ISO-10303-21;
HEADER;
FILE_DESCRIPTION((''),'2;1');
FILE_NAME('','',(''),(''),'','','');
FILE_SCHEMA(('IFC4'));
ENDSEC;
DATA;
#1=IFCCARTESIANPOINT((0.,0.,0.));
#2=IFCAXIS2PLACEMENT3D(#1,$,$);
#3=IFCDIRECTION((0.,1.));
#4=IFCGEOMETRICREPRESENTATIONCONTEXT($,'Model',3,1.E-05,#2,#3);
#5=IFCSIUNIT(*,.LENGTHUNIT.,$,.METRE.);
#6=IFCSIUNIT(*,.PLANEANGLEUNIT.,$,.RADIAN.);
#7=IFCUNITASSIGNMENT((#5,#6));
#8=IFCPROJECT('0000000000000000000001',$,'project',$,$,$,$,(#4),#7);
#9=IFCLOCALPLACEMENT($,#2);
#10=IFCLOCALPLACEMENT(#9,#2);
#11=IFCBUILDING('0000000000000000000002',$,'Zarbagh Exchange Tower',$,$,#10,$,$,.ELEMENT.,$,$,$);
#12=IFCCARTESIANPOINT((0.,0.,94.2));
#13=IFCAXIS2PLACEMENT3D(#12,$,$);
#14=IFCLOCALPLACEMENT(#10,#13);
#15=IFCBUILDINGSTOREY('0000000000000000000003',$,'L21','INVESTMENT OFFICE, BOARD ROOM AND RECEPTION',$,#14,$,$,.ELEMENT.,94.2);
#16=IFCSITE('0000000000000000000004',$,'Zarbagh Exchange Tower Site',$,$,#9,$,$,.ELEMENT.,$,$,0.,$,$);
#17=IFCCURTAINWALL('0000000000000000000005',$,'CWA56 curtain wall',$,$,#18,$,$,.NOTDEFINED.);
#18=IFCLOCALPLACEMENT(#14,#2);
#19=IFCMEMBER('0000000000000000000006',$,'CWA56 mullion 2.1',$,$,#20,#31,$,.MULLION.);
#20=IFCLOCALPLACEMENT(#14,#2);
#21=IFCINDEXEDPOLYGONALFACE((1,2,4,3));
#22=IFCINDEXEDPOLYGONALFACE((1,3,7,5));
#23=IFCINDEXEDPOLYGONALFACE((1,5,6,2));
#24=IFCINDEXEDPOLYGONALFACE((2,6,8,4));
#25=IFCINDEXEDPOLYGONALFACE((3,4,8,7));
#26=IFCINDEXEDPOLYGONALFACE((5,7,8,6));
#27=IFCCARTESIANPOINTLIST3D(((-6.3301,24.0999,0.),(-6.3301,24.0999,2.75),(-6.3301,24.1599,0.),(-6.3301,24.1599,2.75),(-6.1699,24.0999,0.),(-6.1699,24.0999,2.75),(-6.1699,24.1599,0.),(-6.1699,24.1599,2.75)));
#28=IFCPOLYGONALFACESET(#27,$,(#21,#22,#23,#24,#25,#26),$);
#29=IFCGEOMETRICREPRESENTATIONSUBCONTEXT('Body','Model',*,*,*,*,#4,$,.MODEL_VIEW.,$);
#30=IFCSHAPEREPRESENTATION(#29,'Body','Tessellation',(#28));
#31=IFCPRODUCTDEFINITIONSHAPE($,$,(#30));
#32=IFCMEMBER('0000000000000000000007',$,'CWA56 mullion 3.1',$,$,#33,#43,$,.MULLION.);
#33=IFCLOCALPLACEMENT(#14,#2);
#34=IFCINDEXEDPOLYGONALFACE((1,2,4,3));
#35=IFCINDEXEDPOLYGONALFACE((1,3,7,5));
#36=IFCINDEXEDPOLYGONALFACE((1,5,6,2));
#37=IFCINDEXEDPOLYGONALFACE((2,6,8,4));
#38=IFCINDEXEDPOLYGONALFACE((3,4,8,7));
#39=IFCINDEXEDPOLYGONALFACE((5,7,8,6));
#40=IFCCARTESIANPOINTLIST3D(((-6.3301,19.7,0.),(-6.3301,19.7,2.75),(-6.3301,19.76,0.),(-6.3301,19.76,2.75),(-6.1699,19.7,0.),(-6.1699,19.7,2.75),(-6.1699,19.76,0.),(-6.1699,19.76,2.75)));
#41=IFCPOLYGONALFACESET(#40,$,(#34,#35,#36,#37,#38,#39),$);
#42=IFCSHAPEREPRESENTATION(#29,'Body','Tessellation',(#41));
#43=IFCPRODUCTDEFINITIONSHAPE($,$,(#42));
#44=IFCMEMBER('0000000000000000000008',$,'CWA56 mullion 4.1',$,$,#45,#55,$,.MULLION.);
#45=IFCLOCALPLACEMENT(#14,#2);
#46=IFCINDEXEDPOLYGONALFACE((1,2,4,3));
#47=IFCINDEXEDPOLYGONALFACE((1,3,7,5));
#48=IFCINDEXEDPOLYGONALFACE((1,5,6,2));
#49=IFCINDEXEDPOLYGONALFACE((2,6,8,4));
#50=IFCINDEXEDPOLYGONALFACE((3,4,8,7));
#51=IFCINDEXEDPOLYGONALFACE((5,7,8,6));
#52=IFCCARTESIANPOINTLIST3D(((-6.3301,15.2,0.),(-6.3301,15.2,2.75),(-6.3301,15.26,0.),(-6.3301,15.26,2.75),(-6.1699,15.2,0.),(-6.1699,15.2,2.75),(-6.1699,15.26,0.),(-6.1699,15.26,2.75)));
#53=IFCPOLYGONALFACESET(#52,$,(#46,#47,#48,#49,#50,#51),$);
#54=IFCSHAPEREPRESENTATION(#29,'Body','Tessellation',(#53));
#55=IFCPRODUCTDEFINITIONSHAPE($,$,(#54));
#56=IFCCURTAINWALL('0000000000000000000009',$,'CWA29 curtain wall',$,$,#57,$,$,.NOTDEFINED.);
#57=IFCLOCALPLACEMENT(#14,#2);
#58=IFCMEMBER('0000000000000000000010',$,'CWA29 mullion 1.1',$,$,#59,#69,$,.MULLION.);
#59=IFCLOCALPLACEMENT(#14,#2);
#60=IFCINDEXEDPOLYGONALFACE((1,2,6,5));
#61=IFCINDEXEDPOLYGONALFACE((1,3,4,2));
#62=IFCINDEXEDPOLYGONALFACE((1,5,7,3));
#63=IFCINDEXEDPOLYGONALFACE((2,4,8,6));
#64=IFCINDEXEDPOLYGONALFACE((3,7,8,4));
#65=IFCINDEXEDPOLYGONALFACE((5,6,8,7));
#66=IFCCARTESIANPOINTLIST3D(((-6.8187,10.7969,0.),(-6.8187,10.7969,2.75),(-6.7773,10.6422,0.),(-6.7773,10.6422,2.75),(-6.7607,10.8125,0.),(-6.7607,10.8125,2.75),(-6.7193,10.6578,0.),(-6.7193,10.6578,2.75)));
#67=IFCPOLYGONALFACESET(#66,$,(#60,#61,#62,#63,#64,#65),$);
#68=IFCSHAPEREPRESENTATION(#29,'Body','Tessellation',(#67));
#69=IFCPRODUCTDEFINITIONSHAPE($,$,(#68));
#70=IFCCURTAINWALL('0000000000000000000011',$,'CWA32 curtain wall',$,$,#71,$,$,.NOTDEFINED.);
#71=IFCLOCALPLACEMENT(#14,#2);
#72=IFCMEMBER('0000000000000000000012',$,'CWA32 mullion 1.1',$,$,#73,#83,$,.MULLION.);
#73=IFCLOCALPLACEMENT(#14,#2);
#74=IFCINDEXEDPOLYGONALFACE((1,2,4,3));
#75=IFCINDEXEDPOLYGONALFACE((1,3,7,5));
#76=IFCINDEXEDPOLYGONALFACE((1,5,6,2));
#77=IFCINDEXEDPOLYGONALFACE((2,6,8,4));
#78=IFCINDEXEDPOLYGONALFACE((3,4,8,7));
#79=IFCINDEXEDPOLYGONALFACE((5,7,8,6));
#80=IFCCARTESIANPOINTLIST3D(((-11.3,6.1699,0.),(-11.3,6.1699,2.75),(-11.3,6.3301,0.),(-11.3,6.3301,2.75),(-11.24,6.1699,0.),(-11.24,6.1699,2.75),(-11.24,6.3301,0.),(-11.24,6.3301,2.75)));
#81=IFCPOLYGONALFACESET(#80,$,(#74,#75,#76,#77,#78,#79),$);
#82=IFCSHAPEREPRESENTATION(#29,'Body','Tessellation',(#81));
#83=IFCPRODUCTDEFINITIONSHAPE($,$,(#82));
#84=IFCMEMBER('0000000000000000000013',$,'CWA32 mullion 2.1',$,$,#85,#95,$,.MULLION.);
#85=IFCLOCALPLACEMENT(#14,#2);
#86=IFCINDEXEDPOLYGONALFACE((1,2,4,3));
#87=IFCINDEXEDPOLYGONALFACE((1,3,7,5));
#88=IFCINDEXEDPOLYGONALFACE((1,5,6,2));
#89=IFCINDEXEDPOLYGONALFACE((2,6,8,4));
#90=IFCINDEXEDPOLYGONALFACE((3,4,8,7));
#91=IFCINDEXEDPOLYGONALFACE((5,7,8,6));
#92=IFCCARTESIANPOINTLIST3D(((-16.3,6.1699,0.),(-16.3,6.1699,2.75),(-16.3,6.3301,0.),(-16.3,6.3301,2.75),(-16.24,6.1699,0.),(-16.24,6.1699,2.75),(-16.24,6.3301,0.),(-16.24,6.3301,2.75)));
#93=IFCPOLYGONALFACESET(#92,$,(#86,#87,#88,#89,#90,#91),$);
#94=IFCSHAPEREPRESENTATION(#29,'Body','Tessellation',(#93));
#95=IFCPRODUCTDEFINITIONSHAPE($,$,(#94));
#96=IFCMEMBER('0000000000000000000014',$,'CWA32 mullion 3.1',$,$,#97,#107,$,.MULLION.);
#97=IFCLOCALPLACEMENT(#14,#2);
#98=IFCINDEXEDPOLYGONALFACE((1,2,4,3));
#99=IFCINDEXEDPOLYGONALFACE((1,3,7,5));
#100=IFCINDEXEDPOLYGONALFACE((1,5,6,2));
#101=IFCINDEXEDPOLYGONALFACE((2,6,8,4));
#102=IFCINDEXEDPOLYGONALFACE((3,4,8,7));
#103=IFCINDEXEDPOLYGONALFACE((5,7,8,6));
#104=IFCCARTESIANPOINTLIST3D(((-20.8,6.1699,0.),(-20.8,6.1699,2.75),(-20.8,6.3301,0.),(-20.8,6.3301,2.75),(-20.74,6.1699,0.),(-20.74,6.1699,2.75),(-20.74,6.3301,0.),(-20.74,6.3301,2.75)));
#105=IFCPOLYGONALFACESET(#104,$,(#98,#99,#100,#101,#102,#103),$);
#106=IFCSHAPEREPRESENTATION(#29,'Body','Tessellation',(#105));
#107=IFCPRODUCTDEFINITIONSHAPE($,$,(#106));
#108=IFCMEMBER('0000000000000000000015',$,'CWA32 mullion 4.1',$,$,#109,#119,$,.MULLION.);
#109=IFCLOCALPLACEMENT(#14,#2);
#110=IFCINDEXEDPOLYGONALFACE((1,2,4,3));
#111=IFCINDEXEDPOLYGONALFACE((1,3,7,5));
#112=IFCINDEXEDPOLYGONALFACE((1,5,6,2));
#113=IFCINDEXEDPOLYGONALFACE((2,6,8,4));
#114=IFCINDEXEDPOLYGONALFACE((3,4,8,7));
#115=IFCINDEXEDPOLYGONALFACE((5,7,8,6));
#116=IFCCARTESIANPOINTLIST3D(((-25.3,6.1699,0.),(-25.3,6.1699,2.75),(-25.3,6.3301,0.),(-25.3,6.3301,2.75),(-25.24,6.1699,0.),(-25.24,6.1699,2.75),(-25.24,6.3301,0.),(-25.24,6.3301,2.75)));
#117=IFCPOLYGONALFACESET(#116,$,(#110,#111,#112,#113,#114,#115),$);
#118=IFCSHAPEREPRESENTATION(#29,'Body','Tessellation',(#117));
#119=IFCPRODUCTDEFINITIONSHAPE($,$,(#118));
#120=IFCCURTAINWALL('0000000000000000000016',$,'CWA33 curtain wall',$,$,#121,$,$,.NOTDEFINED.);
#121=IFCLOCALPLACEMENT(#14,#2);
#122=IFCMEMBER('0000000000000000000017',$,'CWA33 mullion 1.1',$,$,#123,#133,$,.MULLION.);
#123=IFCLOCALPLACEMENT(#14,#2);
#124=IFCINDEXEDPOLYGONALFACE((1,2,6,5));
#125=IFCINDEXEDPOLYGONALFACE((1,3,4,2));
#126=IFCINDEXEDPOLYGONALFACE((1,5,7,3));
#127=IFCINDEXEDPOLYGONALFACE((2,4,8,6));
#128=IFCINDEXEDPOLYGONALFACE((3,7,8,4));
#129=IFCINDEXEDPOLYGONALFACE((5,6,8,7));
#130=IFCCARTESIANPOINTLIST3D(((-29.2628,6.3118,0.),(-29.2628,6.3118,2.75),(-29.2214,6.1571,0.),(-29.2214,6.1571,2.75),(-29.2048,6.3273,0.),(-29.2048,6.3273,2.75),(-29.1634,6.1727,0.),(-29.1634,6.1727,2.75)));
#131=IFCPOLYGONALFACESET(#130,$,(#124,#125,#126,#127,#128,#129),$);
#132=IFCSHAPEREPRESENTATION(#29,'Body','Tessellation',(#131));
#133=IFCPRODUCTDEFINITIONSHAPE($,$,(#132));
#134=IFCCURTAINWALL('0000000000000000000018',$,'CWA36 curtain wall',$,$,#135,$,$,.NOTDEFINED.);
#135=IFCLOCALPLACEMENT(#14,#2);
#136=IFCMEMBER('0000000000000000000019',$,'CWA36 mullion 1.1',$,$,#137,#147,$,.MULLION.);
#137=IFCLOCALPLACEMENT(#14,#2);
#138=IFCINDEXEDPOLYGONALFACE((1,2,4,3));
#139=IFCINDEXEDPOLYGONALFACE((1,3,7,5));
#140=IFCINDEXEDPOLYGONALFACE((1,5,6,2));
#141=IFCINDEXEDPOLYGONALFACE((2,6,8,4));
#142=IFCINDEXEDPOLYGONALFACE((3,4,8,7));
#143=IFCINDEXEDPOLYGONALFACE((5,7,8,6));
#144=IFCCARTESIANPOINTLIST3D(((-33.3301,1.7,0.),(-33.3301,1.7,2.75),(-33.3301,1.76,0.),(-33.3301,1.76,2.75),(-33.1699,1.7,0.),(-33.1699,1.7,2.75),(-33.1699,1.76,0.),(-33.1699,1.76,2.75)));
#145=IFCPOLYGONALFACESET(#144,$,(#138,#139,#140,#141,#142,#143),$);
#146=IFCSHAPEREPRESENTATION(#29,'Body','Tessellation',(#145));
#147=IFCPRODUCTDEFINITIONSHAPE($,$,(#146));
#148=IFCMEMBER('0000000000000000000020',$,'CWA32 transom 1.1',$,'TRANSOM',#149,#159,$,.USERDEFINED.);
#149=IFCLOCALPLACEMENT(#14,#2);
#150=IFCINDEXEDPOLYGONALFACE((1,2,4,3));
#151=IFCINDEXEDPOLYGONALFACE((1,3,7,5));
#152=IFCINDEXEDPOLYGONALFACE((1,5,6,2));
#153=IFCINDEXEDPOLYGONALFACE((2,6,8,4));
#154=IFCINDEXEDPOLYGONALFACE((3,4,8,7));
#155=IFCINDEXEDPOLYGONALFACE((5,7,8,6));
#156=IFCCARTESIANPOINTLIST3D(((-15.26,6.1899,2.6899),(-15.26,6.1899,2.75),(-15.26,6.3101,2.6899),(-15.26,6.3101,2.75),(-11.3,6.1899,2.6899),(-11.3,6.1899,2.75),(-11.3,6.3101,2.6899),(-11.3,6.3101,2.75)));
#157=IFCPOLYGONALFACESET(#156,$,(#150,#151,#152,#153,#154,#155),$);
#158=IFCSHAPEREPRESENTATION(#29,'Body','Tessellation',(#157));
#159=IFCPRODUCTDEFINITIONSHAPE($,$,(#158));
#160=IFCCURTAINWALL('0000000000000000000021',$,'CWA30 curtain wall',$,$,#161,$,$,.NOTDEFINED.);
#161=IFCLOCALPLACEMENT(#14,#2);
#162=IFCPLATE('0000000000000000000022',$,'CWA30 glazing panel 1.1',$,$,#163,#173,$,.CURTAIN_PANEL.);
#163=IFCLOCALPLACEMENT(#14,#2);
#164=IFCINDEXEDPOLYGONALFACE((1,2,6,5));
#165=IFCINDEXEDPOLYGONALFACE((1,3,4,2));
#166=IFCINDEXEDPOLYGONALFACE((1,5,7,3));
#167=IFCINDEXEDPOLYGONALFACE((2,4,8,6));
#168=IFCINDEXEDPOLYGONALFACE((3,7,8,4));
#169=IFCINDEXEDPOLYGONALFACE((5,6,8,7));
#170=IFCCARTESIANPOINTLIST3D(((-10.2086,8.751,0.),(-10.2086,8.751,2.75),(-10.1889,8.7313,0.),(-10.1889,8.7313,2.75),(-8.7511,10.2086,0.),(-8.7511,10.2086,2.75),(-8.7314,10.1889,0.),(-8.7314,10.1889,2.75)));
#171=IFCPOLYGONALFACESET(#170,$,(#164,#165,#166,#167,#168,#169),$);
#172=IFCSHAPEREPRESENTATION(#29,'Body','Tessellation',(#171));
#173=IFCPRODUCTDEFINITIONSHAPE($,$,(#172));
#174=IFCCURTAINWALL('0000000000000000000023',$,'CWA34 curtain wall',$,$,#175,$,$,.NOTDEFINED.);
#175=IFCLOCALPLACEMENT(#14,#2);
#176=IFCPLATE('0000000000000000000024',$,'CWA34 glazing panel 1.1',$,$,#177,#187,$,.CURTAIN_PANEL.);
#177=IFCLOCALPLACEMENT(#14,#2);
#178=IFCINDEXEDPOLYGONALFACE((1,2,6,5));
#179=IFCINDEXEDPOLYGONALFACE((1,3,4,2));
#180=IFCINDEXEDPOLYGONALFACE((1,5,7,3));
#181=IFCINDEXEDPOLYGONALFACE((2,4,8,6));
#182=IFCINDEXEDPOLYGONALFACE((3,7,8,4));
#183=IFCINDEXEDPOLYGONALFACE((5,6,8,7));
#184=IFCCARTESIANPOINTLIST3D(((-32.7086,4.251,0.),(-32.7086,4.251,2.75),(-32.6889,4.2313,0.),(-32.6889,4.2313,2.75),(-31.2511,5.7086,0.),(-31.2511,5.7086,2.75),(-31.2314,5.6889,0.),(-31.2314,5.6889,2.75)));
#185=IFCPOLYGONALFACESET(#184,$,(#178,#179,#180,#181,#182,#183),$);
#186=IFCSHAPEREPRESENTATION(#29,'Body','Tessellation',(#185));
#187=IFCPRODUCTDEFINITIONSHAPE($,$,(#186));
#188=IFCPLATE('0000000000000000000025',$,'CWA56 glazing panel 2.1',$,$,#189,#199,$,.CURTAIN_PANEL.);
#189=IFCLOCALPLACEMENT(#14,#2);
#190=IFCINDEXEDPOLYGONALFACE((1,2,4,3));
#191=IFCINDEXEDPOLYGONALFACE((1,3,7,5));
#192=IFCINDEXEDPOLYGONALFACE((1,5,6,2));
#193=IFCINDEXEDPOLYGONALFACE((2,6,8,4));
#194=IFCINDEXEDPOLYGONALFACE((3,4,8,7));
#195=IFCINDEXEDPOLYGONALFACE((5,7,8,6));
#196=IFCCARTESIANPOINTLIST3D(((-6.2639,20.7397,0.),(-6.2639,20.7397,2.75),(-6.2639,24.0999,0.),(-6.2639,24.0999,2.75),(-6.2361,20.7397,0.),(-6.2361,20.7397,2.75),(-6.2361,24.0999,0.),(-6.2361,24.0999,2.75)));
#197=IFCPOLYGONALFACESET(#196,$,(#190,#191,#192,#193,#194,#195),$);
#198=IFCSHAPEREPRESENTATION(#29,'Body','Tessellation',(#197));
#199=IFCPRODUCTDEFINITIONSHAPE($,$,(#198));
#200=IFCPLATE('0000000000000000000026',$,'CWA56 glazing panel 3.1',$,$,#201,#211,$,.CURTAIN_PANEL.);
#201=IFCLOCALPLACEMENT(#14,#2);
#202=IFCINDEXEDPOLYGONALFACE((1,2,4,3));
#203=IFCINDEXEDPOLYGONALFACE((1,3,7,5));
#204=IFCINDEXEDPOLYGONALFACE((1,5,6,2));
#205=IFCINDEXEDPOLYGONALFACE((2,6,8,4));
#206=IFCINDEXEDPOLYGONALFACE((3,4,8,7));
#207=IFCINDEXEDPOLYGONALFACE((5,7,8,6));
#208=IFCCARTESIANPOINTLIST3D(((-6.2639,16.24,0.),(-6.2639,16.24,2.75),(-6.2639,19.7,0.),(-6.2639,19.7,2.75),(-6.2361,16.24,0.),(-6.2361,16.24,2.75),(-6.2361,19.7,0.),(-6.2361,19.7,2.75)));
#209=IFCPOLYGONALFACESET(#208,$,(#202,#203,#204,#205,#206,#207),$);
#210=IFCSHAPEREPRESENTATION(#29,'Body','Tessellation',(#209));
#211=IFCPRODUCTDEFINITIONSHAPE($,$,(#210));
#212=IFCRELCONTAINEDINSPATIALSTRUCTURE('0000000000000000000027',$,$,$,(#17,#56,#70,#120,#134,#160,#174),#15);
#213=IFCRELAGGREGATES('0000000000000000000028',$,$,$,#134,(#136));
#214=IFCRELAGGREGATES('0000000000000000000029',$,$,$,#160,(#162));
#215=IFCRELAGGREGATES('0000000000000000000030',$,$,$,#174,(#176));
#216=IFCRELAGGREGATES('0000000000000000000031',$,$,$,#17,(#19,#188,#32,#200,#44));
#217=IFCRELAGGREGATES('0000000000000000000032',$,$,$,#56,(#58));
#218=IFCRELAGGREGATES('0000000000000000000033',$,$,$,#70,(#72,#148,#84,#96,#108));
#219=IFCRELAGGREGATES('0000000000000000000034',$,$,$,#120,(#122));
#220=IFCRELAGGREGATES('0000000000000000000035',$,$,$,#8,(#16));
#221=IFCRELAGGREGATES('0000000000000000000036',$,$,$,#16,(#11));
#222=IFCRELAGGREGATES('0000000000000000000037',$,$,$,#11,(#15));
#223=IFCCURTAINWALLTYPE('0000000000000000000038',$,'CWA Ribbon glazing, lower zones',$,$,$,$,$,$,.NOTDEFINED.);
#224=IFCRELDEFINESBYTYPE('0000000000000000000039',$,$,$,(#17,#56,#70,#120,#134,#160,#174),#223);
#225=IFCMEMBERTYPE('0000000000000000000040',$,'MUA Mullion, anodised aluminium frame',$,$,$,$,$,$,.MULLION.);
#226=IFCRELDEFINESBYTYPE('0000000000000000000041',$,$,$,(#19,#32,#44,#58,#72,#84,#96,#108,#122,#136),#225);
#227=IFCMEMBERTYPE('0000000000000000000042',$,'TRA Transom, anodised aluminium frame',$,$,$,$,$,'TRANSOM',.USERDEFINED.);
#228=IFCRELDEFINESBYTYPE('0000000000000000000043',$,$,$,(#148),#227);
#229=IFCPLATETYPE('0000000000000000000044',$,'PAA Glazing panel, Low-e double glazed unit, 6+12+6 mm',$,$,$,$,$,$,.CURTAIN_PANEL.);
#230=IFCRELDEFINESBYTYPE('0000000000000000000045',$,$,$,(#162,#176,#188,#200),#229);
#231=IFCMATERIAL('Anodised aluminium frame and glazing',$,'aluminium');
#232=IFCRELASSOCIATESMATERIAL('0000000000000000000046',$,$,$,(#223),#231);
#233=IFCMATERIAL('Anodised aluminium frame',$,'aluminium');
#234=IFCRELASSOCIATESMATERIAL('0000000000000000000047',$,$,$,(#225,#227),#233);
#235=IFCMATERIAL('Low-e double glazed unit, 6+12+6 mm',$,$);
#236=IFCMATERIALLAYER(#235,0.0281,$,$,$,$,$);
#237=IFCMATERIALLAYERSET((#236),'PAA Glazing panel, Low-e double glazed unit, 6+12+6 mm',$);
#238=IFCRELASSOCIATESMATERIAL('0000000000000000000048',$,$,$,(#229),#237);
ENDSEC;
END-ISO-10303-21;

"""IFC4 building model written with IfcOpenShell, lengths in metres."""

from ifc_helpers import new_model, si_unit, direction, frame, origin, place, context, subcontext, project, spatial, polyline, outline, extrude, source, transform, mapped, material, layer, layer_set, type_object, element, aggregate, save


model = new_model("IFC4")

# Units and contexts
model_context = context("Model", 3, precision=1e-05, world=origin(), true_north=direction((0.0, 1.0)))
body_context = subcontext(model_context, "Body", "Model", "MODEL_VIEW")
ifc_project = project(units=[si_unit("LENGTHUNIT", "METRE"), si_unit("PLANEANGLEUNIT", "RADIAN")], contexts=[model_context])

# Site, building, storey
site_placement = place(None, origin())
site = spatial("IfcSite", under=ifc_project, at=site_placement, Name="Zarbagh Exchange Tower Site", CompositionType="ELEMENT", RefElevation=0.0)
building_placement = place(site_placement, origin())
building = spatial("IfcBuilding", under=site, at=building_placement, Name="Zarbagh Exchange Tower", CompositionType="ELEMENT")
storey_placement = place(building_placement, frame((0.0, 0.0, 94.2)))
storey = spatial("IfcBuildingStorey", under=building, at=storey_placement, Name="L21", Description="INVESTMENT OFFICE, BOARD ROOM AND RECEPTION", CompositionType="ELEMENT", Elevation=94.2)

# Curtain wall, members
ifc_material_1 = material(Name="Anodised aluminium frame and glazing", Category="aluminium")
curtain_wall_type = type_object("IfcCurtainWallType", Name="CWA Ribbon glazing, lower zones", PredefinedType="NOTDEFINED", material=ifc_material_1)
curtain_wall_1_placement = place(storey_placement, origin())
curtain_wall_1 = element("IfcCurtainWall", 1, at=curtain_wall_1_placement, inside=storey, type_object=curtain_wall_type, Name="CWA56 curtain wall", PredefinedType="NOTDEFINED")
ifc_material_2 = material(Name="Anodised aluminium frame", Category="aluminium")
member_type_1 = type_object("IfcMemberType", Name="MUA Mullion, anodised aluminium frame", PredefinedType="MULLION", material=ifc_material_2)
shared_shape_1 = source(origin(), body_context, "Body", "SweptSolid", [
    extrude(outline(polyline([(0.0, -0.0801), (0.0601, -0.0801), (0.0601, 0.0801), (0.0, 0.0801), (0.0, -0.0801)])), origin(), (0.0, 0.0, 1.0), 2.75),
])
placement = place(storey_placement, origin())
member_1 = element("IfcMember", 2, at=placement, type_object=member_type_1, Name="CWA56 mullion 2.1", PredefinedType="MULLION", context=body_context, shape_type="MappedRepresentation", body=[
    mapped(shared_shape_1, transform((-6.25, 24.1599, 0.0), x_axis=(0.0, -1.0, 0.0), y_axis=(1.0, 0.0, 0.0), z_axis=(0.0, 0.0, 1.0))),
])
member_2 = element("IfcMember", 3, at=placement, type_object=member_type_1, Name="CWA56 mullion 3.1", PredefinedType="MULLION", context=body_context, shape_type="MappedRepresentation", body=[
    mapped(shared_shape_1, transform((-6.25, 19.76, 0.0), x_axis=(0.0, -1.0, 0.0), y_axis=(1.0, 0.0, 0.0), z_axis=(0.0, 0.0, 1.0))),
])
member_3 = element("IfcMember", 4, at=placement, type_object=member_type_1, Name="CWA56 mullion 4.1", PredefinedType="MULLION", context=body_context, shape_type="MappedRepresentation", body=[
    mapped(shared_shape_1, transform((-6.25, 15.26, 0.0), x_axis=(0.0, -1.0, 0.0), y_axis=(1.0, 0.0, 0.0), z_axis=(0.0, 0.0, 1.0))),
])

# Curtain wall, member
curtain_wall_2_placement = place(storey_placement, origin())
curtain_wall_2 = element("IfcCurtainWall", 5, at=curtain_wall_2_placement, inside=storey, type_object=curtain_wall_type, Name="CWA29 curtain wall", PredefinedType="NOTDEFINED")
member_4 = element("IfcMember", 6, at=placement, type_object=member_type_1, Name="CWA29 mullion 1.1", PredefinedType="MULLION", context=body_context, shape_type="MappedRepresentation", body=[
    mapped(shared_shape_1, transform((-6.74, 10.7351, 0.0), x_axis=(-0.965924, -0.258825, 0.0), y_axis=(0.258825, -0.965924, 0.0), z_axis=(0.0, 0.0, 1.0))),
])

# Curtain wall, members
curtain_wall_3_placement = place(storey_placement, origin())
curtain_wall_3 = element("IfcCurtainWall", 7, at=curtain_wall_3_placement, inside=storey, type_object=curtain_wall_type, Name="CWA32 curtain wall", PredefinedType="NOTDEFINED")
member_5 = element("IfcMember", 8, at=placement, type_object=member_type_1, Name="CWA32 mullion 1.1", PredefinedType="MULLION", context=body_context, shape_type="MappedRepresentation", body=[
    mapped(shared_shape_1, transform((-11.24, 6.25, 0.0), x_axis=(-1.0, 0.0, 0.0), y_axis=(0.0, -1.0, 0.0), z_axis=(0.0, 0.0, 1.0))),
])
member_6 = element("IfcMember", 9, at=placement, type_object=member_type_1, Name="CWA32 mullion 2.1", PredefinedType="MULLION", context=body_context, shape_type="MappedRepresentation", body=[
    mapped(shared_shape_1, transform((-16.24, 6.25, 0.0), x_axis=(-1.0, 0.0, 0.0), y_axis=(0.0, -1.0, 0.0), z_axis=(0.0, 0.0, 1.0))),
])
member_7 = element("IfcMember", 10, at=placement, type_object=member_type_1, Name="CWA32 mullion 3.1", PredefinedType="MULLION", context=body_context, shape_type="MappedRepresentation", body=[
    mapped(shared_shape_1, transform((-20.74, 6.25, 0.0), x_axis=(-1.0, 0.0, 0.0), y_axis=(0.0, -1.0, 0.0), z_axis=(0.0, 0.0, 1.0))),
])
member_8 = element("IfcMember", 11, at=placement, type_object=member_type_1, Name="CWA32 mullion 4.1", PredefinedType="MULLION", context=body_context, shape_type="MappedRepresentation", body=[
    mapped(shared_shape_1, transform((-25.24, 6.25, 0.0), x_axis=(-1.0, 0.0, 0.0), y_axis=(0.0, -1.0, 0.0), z_axis=(0.0, 0.0, 1.0))),
])

# Curtain walls, members
curtain_wall_4_placement = place(storey_placement, origin())
curtain_wall_4 = element("IfcCurtainWall", 12, at=curtain_wall_4_placement, inside=storey, type_object=curtain_wall_type, Name="CWA33 curtain wall", PredefinedType="NOTDEFINED")
member_9 = element("IfcMember", 13, at=placement, type_object=member_type_1, Name="CWA33 mullion 1.1", PredefinedType="MULLION", context=body_context, shape_type="MappedRepresentation", body=[
    mapped(shared_shape_1, transform((-29.1841, 6.25, 0.0), x_axis=(-0.965924, -0.258825, 0.0), y_axis=(0.258825, -0.965924, 0.0), z_axis=(0.0, 0.0, 1.0))),
])
curtain_wall_5_placement = place(storey_placement, origin())
curtain_wall_5 = element("IfcCurtainWall", 14, at=curtain_wall_5_placement, inside=storey, type_object=curtain_wall_type, Name="CWA36 curtain wall", PredefinedType="NOTDEFINED")
member_10 = element("IfcMember", 15, at=placement, type_object=member_type_1, Name="CWA36 mullion 1.1", PredefinedType="MULLION", context=body_context, shape_type="MappedRepresentation", body=[
    mapped(shared_shape_1, transform((-33.25, 1.76, 0.0), x_axis=(0.0, -1.0, 0.0), y_axis=(1.0, 0.0, 0.0), z_axis=(0.0, 0.0, 1.0))),
])
aggregate(curtain_wall_5, [member_10])

# Member
member_type_2 = type_object("IfcMemberType", Name="TRA Transom, anodised aluminium frame", ElementType="TRANSOM", PredefinedType="USERDEFINED", material=ifc_material_2)
shared_shape_2 = source(origin(), body_context, "Body", "SweptSolid", [
    extrude(outline(polyline([(-0.0601, -0.0601), (0.0, -0.0601), (0.0, 0.0601), (-0.0601, 0.0601), (-0.0601, -0.0601)])), origin(), (0.0, 0.0, 1.0), 3.96),
])
member_11 = element("IfcMember", 16, at=placement, type_object=member_type_2, Name="CWA32 transom 1.1", ObjectType="TRANSOM", PredefinedType="USERDEFINED", context=body_context, shape_type="MappedRepresentation", body=[
    mapped(shared_shape_2, transform((-11.3, 6.25, 2.75), x_axis=(0.0, 0.0, 1.0), y_axis=(0.0, 1.0, 0.0), z_axis=(-1.0, 0.0, 0.0))),
])

# Curtain walls, plates
curtain_wall_6_placement = place(storey_placement, origin())
curtain_wall_6 = element("IfcCurtainWall", 17, at=curtain_wall_6_placement, inside=storey, type_object=curtain_wall_type, Name="CWA30 curtain wall", PredefinedType="NOTDEFINED")
ifc_material_3 = material(Name="Low-e double glazed unit, 6+12+6 mm")
ifc_layer = layer(ifc_material_3, 0.0281)
ifc_layer_set = layer_set([ifc_layer], Name="PAA Glazing panel, Low-e double glazed unit, 6+12+6 mm")
plate_type = type_object("IfcPlateType", Name="PAA Glazing panel, Low-e double glazed unit, 6+12+6 mm", PredefinedType="CURTAIN_PANEL", material=ifc_layer_set)
shared_shape_3 = source(origin(), body_context, "Body", "SweptSolid", [
    extrude(outline(polyline([(0.0, -0.0139), (2.0613, -0.0139), (2.0613, 0.0139), (0.0, 0.0139), (0.0, -0.0139)])), origin(), (0.0, 0.0, 1.0), 2.75),
])
plate_1 = element("IfcPlate", 18, at=placement, type_object=plate_type, Name="CWA30 glazing panel 1.1", PredefinedType="CURTAIN_PANEL", context=body_context, shape_type="MappedRepresentation", body=[
    mapped(shared_shape_3, transform((-8.7412, 10.1987, 0.0), x_axis=(-0.707107, -0.707107, 0.0), y_axis=(0.707107, -0.707107, 0.0), z_axis=(0.0, 0.0, 1.0))),
])
aggregate(curtain_wall_6, [plate_1])
curtain_wall_7_placement = place(storey_placement, origin())
curtain_wall_7 = element("IfcCurtainWall", 19, at=curtain_wall_7_placement, inside=storey, type_object=curtain_wall_type, Name="CWA34 curtain wall", PredefinedType="NOTDEFINED")
plate_2 = element("IfcPlate", 20, at=placement, type_object=plate_type, Name="CWA34 glazing panel 1.1", PredefinedType="CURTAIN_PANEL", context=body_context, shape_type="MappedRepresentation", body=[
    mapped(shared_shape_3, transform((-31.2412, 5.6987, 0.0), x_axis=(-0.707107, -0.707107, 0.0), y_axis=(0.707107, -0.707107, 0.0), z_axis=(0.0, 0.0, 1.0))),
])
aggregate(curtain_wall_7, [plate_2])

# Plates
shared_shape_4 = source(origin(), body_context, "Body", "SweptSolid", [
    extrude(outline(polyline([(0.0, -0.0139), (3.3601, -0.0139), (3.3601, 0.0139), (0.0, 0.0139), (0.0, -0.0139)])), origin(), (0.0, 0.0, 1.0), 2.75),
])
plate_3 = element("IfcPlate", 21, at=placement, type_object=plate_type, Name="CWA56 glazing panel 2.1", PredefinedType="CURTAIN_PANEL", context=body_context, shape_type="MappedRepresentation", body=[
    mapped(shared_shape_4, transform((-6.25, 24.0999, 0.0), x_axis=(0.0, -1.0, 0.0), y_axis=(1.0, 0.0, 0.0), z_axis=(0.0, 0.0, 1.0))),
])
shared_shape_5 = source(origin(), body_context, "Body", "SweptSolid", [
    extrude(outline(polyline([(0.0, -0.0139), (3.46, -0.0139), (3.46, 0.0139), (0.0, 0.0139), (0.0, -0.0139)])), origin(), (0.0, 0.0, 1.0), 2.75),
])
plate_4 = element("IfcPlate", 22, at=placement, type_object=plate_type, Name="CWA56 glazing panel 3.1", PredefinedType="CURTAIN_PANEL", context=body_context, shape_type="MappedRepresentation", body=[
    mapped(shared_shape_5, transform((-6.25, 19.7, 0.0), x_axis=(0.0, -1.0, 0.0), y_axis=(1.0, 0.0, 0.0), z_axis=(0.0, 0.0, 1.0))),
])
aggregate(curtain_wall_1, [member_1, plate_3, member_2, plate_4, member_3])
aggregate(curtain_wall_2, [member_4])

aggregate(curtain_wall_3, [member_5, member_11, member_6, member_7, member_8])
aggregate(curtain_wall_4, [member_9])

save(model, "model.ifc")
